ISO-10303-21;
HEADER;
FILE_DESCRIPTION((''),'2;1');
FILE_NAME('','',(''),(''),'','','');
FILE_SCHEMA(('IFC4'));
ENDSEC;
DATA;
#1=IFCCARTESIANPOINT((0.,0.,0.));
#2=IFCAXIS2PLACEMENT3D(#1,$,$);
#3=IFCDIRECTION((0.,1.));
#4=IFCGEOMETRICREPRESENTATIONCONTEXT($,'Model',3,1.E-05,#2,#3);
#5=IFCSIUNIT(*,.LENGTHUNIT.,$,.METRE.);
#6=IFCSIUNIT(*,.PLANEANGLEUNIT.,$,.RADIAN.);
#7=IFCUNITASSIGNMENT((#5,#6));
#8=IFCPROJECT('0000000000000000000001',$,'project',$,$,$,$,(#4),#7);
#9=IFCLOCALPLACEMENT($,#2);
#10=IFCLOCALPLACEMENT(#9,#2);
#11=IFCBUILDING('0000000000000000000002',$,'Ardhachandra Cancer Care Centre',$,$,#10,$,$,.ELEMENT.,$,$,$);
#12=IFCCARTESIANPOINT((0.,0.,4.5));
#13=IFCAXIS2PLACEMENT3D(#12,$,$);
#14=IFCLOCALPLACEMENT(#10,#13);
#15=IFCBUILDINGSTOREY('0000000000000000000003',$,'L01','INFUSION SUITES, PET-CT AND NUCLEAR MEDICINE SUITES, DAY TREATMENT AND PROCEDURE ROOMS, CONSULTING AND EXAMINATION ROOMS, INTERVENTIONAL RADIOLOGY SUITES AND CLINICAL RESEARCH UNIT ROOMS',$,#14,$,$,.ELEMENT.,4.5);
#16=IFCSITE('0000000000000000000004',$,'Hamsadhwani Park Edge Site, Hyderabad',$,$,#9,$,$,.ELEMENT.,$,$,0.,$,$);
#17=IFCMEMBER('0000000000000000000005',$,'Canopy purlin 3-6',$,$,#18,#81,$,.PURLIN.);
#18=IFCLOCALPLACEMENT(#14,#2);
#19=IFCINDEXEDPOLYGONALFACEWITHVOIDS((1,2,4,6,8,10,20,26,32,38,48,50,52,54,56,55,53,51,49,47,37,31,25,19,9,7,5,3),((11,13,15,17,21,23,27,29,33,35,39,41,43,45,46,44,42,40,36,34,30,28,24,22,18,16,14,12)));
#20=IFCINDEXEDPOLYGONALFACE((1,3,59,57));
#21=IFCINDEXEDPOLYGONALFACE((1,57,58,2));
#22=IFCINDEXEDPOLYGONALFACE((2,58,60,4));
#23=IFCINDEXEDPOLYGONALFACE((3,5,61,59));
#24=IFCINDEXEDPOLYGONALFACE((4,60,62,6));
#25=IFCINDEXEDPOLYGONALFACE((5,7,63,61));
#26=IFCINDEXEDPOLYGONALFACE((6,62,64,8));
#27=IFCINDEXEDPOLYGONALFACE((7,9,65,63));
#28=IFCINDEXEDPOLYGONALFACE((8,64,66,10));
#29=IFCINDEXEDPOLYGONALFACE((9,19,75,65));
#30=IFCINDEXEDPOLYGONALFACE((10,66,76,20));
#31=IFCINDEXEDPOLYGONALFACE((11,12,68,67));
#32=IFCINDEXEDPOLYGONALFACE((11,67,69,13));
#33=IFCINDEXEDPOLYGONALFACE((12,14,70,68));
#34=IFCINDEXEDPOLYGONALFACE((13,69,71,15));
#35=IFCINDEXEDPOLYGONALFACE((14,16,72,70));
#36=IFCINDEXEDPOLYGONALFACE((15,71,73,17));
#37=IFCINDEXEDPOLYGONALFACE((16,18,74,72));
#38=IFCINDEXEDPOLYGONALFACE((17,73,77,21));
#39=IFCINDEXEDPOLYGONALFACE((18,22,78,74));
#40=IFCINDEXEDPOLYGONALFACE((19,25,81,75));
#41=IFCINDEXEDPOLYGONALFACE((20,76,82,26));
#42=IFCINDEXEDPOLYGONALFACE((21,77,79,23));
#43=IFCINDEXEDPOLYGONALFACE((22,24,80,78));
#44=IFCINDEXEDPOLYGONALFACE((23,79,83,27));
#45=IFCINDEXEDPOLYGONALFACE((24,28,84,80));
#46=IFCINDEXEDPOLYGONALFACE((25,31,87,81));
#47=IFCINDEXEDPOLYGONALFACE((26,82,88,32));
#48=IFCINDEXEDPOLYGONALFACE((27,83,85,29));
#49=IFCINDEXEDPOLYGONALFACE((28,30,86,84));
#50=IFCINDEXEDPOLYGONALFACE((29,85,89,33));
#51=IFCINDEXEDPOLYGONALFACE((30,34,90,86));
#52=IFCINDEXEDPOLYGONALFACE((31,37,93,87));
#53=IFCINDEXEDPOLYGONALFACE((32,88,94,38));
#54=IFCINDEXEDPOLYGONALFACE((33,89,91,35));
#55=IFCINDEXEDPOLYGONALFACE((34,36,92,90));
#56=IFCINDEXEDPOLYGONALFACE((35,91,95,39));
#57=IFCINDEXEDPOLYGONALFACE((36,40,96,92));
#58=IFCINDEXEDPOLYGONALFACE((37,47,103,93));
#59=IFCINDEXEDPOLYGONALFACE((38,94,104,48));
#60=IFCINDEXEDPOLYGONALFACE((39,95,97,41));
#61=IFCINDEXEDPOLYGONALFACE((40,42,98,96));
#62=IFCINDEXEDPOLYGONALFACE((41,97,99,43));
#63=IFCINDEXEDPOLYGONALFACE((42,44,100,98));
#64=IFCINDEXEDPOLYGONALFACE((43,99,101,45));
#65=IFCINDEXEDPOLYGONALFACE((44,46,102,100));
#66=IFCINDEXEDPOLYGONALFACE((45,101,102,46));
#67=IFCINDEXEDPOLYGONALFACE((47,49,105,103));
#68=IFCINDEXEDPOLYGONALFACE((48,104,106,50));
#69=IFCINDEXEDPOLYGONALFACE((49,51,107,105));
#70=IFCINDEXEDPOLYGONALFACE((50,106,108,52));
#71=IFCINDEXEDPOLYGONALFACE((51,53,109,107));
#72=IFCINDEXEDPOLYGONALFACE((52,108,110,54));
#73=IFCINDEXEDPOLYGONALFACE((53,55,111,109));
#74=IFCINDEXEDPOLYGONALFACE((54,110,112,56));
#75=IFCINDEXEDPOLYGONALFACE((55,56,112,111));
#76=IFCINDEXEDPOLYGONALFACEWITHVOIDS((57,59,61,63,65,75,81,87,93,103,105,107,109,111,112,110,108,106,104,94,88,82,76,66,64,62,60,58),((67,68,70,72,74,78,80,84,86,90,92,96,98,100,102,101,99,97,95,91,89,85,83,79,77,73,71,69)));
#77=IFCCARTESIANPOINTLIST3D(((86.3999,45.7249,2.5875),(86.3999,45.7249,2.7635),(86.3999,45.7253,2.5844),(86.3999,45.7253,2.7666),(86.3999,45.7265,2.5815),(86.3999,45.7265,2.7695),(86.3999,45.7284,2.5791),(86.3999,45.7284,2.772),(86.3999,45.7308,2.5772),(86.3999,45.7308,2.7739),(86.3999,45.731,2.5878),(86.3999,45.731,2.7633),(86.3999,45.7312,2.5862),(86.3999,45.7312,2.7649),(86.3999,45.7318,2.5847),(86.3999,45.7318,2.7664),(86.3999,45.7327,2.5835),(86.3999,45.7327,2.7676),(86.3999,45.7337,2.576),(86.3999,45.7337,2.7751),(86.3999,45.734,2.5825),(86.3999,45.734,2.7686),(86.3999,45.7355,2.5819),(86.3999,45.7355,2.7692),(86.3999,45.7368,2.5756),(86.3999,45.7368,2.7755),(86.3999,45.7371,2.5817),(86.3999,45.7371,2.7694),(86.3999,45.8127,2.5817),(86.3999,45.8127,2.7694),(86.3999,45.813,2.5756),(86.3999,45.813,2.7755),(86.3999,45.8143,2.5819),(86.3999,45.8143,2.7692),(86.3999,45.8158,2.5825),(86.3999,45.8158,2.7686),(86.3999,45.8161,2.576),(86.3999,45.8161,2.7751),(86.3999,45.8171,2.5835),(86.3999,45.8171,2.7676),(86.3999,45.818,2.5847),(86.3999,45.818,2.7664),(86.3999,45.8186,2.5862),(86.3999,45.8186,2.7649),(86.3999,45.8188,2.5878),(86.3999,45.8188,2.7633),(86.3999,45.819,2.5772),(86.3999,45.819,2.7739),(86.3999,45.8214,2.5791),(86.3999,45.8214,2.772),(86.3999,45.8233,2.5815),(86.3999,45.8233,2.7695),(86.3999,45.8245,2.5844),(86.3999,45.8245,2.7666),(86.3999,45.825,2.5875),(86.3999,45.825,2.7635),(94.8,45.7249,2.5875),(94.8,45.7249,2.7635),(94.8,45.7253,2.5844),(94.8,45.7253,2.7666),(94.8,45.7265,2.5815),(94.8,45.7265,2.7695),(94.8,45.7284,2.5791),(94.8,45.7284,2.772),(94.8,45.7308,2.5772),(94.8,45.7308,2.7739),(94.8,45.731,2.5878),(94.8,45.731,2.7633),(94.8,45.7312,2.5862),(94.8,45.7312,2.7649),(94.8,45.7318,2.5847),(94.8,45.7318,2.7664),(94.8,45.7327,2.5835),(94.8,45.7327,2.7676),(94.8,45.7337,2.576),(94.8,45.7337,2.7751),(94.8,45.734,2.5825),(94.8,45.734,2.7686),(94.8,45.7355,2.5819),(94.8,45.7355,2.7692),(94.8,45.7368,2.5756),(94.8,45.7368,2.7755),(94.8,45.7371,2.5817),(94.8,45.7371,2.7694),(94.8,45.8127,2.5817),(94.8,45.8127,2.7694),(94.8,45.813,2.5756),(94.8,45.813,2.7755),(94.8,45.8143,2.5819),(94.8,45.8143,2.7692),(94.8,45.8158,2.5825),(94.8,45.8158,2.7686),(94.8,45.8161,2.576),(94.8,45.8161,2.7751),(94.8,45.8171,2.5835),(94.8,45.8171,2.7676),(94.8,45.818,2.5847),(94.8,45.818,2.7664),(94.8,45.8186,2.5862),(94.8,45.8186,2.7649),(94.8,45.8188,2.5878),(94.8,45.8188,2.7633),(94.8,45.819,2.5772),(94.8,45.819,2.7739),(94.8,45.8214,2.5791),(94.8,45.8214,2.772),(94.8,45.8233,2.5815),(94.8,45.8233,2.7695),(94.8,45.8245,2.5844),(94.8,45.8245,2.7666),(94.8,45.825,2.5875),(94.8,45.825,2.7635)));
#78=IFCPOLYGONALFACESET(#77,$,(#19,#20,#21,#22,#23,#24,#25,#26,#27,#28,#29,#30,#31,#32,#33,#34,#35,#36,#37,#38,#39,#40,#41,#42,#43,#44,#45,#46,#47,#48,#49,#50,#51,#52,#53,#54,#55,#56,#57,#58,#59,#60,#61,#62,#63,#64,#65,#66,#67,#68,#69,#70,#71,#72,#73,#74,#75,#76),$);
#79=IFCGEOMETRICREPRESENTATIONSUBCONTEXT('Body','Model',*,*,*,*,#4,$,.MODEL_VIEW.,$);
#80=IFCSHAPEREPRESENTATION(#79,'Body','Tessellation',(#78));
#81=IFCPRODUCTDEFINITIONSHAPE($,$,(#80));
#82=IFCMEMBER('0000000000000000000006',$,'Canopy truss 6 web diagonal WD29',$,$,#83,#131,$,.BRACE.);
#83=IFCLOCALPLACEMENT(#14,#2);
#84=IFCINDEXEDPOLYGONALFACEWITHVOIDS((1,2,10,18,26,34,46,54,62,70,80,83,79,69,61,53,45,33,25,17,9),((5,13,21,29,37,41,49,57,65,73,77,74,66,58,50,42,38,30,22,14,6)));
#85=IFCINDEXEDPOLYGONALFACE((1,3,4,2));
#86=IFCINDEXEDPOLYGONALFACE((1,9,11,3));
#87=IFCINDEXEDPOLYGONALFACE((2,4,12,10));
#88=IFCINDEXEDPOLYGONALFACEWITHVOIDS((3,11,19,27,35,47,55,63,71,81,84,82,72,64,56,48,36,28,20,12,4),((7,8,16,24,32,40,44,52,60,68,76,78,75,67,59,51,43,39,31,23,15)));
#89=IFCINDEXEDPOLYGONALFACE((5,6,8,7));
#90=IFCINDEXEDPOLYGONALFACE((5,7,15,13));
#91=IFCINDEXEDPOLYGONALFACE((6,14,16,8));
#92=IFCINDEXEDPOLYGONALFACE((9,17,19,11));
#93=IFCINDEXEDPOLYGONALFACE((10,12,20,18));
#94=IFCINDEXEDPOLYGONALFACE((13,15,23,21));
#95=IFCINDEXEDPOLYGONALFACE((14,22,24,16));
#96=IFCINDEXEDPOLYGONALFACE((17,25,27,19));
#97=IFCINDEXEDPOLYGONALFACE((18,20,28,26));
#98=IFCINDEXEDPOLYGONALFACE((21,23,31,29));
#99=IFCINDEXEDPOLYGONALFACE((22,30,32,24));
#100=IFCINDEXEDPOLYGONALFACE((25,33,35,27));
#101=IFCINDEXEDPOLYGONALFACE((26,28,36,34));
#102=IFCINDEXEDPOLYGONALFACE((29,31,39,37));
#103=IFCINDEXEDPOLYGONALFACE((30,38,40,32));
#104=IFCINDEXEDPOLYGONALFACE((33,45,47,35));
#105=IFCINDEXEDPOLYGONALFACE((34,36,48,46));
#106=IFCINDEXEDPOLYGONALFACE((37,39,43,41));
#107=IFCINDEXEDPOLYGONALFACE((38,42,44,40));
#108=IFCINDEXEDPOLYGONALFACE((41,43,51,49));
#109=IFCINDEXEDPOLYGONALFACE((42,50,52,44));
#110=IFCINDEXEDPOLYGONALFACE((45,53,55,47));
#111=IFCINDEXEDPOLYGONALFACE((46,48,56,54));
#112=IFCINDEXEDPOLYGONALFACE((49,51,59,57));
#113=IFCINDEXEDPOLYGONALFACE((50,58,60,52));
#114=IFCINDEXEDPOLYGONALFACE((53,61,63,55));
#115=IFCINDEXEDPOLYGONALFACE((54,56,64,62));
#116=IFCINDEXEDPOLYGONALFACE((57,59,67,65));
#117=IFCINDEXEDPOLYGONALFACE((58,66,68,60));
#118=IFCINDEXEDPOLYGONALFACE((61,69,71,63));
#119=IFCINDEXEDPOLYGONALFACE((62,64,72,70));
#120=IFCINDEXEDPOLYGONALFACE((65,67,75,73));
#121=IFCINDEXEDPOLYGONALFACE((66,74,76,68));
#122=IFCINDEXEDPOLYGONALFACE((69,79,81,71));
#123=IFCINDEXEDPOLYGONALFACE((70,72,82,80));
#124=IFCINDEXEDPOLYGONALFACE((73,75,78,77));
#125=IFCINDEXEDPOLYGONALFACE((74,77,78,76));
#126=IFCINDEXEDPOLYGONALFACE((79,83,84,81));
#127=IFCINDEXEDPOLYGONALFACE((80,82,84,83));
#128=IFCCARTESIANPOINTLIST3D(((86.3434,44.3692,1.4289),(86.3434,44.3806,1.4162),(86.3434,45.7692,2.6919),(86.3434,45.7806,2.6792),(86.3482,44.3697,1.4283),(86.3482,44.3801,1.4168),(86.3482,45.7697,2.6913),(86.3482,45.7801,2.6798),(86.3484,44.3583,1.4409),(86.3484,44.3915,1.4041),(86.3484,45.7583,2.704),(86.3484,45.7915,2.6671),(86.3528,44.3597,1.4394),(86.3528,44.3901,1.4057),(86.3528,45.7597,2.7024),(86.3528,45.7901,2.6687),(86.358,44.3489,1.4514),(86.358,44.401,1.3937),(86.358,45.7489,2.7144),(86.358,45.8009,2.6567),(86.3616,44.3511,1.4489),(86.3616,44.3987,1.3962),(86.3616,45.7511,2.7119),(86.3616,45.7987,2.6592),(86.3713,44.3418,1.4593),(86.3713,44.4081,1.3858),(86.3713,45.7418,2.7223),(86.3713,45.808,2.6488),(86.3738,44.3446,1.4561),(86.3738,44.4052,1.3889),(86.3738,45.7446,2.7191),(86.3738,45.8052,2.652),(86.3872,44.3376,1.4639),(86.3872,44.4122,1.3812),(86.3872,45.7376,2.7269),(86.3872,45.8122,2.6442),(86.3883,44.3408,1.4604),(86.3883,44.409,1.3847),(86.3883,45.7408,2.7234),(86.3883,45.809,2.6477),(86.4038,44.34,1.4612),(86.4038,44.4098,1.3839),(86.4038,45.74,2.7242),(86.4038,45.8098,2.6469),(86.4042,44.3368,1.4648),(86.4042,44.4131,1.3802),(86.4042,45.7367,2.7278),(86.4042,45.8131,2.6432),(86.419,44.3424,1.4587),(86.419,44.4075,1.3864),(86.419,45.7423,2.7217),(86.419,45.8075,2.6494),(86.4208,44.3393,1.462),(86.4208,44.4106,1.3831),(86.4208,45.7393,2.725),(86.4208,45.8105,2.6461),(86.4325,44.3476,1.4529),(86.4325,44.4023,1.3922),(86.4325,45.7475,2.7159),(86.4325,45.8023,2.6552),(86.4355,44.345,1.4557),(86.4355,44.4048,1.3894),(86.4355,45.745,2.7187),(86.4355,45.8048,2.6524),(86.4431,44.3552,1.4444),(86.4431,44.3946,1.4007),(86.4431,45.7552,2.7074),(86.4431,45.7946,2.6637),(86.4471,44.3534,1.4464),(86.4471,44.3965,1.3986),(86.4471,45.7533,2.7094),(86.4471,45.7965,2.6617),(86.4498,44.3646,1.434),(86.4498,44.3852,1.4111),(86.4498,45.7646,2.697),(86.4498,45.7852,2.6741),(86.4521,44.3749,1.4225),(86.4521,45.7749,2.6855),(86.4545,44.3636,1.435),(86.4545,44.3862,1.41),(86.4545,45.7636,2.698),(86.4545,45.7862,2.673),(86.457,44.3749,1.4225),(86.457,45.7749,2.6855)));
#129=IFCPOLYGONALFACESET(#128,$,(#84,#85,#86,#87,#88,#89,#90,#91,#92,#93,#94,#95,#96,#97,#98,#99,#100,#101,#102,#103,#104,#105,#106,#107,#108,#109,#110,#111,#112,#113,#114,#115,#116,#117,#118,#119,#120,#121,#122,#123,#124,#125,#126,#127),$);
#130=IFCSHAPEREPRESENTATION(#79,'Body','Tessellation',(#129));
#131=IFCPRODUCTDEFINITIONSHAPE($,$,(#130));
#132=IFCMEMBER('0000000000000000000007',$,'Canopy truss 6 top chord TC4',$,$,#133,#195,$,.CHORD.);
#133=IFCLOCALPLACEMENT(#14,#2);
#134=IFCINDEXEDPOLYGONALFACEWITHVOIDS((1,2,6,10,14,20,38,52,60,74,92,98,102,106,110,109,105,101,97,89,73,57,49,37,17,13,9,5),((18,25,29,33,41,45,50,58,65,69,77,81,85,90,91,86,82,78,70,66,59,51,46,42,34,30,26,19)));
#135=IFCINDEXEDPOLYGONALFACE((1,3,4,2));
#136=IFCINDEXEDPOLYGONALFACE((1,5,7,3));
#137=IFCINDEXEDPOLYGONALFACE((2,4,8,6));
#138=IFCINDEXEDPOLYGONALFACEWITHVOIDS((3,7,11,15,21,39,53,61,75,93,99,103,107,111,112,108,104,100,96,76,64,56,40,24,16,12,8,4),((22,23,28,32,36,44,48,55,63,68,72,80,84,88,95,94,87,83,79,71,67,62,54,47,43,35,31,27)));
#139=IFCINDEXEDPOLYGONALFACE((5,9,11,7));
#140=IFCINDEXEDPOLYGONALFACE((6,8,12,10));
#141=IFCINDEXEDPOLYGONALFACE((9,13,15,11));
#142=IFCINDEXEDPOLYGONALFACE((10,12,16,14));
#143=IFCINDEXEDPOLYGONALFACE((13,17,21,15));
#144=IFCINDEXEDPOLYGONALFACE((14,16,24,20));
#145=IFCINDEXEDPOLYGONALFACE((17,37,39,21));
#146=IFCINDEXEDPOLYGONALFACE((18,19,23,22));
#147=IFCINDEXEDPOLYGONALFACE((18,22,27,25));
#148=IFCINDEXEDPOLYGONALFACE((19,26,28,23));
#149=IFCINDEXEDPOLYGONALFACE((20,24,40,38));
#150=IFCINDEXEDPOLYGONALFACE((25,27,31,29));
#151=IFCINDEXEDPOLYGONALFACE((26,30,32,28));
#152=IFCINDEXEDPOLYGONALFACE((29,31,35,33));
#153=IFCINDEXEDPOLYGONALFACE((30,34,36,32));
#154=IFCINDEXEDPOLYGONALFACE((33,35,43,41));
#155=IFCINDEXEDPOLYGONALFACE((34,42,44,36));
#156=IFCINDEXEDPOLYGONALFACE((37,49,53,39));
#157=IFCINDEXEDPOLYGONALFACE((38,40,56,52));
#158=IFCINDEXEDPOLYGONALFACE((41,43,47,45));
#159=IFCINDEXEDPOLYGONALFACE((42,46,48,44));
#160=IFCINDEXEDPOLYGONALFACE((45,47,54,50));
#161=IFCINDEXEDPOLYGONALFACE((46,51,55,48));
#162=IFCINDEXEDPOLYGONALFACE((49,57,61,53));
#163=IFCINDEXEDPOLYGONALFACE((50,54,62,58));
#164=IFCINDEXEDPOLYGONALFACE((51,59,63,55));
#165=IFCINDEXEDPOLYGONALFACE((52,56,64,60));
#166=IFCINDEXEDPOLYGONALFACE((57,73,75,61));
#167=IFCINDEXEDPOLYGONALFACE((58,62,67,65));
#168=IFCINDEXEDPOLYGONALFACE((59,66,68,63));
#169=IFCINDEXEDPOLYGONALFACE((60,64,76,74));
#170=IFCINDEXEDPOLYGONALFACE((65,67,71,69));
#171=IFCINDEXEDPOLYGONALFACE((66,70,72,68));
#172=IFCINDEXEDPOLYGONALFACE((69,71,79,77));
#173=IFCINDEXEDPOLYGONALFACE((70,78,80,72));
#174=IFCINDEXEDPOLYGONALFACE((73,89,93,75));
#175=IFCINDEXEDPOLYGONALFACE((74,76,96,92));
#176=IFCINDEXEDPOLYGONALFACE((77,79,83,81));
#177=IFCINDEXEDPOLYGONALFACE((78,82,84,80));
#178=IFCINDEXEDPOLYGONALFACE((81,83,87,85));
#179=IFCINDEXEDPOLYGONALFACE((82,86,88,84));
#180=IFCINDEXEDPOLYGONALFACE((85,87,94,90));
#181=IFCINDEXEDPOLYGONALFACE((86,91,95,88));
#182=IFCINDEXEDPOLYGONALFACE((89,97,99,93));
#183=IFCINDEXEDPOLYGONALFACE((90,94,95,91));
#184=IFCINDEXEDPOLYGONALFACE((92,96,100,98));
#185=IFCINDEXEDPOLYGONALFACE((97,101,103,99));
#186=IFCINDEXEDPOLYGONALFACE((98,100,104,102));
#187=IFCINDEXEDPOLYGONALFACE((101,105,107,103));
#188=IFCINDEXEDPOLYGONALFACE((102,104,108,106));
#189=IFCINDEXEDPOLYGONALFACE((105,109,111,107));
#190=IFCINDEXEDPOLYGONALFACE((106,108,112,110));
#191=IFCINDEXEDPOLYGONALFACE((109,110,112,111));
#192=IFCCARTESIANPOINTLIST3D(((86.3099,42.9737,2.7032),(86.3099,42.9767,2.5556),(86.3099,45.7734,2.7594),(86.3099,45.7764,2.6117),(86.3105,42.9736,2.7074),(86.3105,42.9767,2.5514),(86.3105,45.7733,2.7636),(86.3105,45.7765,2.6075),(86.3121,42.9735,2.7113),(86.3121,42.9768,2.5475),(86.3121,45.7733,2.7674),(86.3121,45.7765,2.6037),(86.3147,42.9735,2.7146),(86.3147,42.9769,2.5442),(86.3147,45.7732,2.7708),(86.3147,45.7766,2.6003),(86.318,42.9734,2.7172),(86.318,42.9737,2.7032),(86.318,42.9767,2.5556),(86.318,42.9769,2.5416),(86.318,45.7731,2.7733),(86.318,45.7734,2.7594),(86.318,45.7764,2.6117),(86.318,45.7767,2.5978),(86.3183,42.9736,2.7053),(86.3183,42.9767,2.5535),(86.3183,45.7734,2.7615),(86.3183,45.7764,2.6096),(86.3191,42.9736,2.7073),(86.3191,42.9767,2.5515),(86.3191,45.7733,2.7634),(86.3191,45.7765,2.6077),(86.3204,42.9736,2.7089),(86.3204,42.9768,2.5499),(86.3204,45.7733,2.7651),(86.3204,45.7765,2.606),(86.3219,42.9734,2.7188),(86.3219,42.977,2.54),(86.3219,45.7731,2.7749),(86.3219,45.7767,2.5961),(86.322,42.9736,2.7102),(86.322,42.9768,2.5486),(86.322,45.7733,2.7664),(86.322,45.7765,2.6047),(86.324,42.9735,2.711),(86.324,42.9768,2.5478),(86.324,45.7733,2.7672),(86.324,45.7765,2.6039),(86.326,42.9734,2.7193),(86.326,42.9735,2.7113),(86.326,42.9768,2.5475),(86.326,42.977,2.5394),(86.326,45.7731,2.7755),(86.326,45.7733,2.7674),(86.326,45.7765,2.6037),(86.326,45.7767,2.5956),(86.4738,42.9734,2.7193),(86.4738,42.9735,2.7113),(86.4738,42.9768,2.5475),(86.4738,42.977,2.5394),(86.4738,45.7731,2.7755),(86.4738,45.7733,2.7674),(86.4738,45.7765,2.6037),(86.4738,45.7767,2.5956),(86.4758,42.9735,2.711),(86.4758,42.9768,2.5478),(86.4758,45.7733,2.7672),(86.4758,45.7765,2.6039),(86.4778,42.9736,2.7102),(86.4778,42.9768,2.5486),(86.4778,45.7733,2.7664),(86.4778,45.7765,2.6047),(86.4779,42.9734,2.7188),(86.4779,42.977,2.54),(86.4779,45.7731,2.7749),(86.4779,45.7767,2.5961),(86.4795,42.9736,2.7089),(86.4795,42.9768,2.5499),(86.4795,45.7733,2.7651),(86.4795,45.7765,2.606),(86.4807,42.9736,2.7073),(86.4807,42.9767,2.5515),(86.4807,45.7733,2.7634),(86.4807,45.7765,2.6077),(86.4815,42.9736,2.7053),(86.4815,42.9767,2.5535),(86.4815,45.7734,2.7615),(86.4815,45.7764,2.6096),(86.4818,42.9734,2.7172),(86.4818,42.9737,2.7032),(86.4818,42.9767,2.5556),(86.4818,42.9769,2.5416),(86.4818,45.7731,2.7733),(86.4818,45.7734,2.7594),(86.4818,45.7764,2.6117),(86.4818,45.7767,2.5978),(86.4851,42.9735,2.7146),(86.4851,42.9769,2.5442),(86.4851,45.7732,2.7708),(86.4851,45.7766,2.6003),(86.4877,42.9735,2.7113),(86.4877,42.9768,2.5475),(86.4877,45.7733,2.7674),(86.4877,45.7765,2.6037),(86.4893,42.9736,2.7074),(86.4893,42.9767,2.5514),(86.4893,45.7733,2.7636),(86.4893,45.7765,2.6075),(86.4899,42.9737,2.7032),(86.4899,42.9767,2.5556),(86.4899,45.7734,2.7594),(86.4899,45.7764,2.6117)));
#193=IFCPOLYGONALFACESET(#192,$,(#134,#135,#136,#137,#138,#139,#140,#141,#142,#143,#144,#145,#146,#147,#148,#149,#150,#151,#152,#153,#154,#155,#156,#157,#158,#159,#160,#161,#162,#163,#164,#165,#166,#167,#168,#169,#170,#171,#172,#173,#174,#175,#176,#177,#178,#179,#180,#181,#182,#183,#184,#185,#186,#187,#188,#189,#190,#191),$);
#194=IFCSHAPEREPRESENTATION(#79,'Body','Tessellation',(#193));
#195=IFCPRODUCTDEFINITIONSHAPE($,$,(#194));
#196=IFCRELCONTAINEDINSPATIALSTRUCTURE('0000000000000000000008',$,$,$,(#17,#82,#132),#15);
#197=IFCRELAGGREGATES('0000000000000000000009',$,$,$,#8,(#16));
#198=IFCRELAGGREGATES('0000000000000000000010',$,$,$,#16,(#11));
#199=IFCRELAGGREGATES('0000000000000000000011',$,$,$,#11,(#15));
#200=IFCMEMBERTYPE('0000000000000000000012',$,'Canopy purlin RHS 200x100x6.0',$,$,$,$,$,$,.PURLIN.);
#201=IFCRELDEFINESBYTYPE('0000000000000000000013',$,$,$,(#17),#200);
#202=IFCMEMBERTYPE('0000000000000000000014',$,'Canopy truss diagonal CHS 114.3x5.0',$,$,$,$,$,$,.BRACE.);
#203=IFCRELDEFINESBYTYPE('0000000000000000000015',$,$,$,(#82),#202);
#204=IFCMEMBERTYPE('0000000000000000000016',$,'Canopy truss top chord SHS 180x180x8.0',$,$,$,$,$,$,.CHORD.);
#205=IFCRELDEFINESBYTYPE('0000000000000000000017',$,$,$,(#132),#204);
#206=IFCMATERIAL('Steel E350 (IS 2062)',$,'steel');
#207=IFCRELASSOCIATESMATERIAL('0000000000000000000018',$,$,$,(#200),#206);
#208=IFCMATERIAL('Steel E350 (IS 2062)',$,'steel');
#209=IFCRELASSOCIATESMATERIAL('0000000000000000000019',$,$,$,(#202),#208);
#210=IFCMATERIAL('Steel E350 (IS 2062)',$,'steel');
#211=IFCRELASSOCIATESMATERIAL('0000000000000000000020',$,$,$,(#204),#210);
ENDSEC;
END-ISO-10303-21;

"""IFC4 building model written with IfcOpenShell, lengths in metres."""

from ifc_helpers import new_model, si_unit, direction, frame, origin, origin_2d, place, context, subcontext, project, spatial, hollow_rectangle, hollow_circle, extrude, material, material_profile, profile_set, type_object, element, save


model = new_model("IFC4")

# Units and contexts
model_context = context("Model", 3, precision=1e-05, world=origin(), true_north=direction((0.0, 1.0)))
body_context = subcontext(model_context, "Body", "Model", "MODEL_VIEW")
ifc_project = project(units=[si_unit("LENGTHUNIT", "METRE"), si_unit("PLANEANGLEUNIT", "RADIAN")], contexts=[model_context])

# Site, building, storey
site_placement = place(None, origin())
site = spatial("IfcSite", under=ifc_project, at=site_placement, Name="Hamsadhwani Park Edge Site, Hyderabad", CompositionType="ELEMENT", RefElevation=0.0)
building_placement = place(site_placement, origin())
building = spatial("IfcBuilding", under=site, at=building_placement, Name="Ardhachandra Cancer Care Centre", CompositionType="ELEMENT")
storey_placement = place(building_placement, frame((0.0, 0.0, 4.5)))
storey = spatial("IfcBuildingStorey", under=building, at=storey_placement, Name="L01", Description="INFUSION SUITES, PET-CT AND NUCLEAR MEDICINE SUITES, DAY TREATMENT AND PROCEDURE ROOMS, CONSULTING AND EXAMINATION ROOMS, INTERVENTIONAL RADIOLOGY SUITES AND CLINICAL RESEARCH UNIT ROOMS", CompositionType="ELEMENT", Elevation=4.5)

# Members
ifc_material_1 = material(Name="Steel E350 (IS 2062)", Category="steel")
ifc_material_profile_1 = material_profile(ifc_material_1, hollow_rectangle(XDim=0.1001, YDim=0.2, WallThickness=0.0061, InnerFilletRadius=0.0061, OuterFilletRadius=0.012, at=origin_2d()), Name="RHS 200x100x6.0")
ifc_profile_set_1 = profile_set([ifc_material_profile_1], Name="Steel E350 (IS 2062)")
member_type_1 = type_object("IfcMemberType", Name="Canopy purlin RHS 200x100x6.0", PredefinedType="PURLIN", material=ifc_profile_set_1)
member_1_placement = place(storey_placement, frame((86.3999, 45.7749, 2.6755), z_axis=(1.0, 0.0, 0.0), x_axis=(0.0, 1.0, 0.0)))
element("IfcMember", 1, at=member_1_placement, inside=storey, type_object=member_type_1, Name="Canopy purlin 3-6", PredefinedType="PURLIN", context=body_context, shape_type="SweptSolid", body=[
    extrude(hollow_rectangle(XDim=0.1001, YDim=0.2, WallThickness=0.0061, InnerFilletRadius=0.0061, OuterFilletRadius=0.012, at=origin_2d()), origin(), (0.0, 0.0, 1.0), 8.4001),
])
ifc_material_2 = material(Name="Steel E350 (IS 2062)", Category="steel")
ifc_material_profile_2 = material_profile(ifc_material_2, hollow_circle(Radius=0.0571, WallThickness=0.0049, at=origin_2d()), Name="CHS 114.3x5.0")
ifc_profile_set_2 = profile_set([ifc_material_profile_2], Name="Steel E350 (IS 2062)")
member_type_2 = type_object("IfcMemberType", Name="Canopy truss diagonal CHS 114.3x5.0", PredefinedType="BRACE", material=ifc_profile_set_2)
member_2_placement = place(storey_placement, frame((86.3999, 45.7749, 2.6855), z_axis=(0.0, -0.742495, -0.669851), x_axis=(1.0, 0.0, 0.0)))
element("IfcMember", 2, at=member_2_placement, inside=storey, type_object=member_type_2, Name="Canopy truss 6 web diagonal WD29", PredefinedType="BRACE", context=body_context, shape_type="SweptSolid", body=[
    extrude(hollow_circle(Radius=0.0571, WallThickness=0.0049, at=origin_2d()), origin(), (0.0, 0.0, 1.0), 1.8855),
])
ifc_material_3 = material(Name="Steel E350 (IS 2062)", Category="steel")
ifc_material_profile_3 = material_profile(ifc_material_3, hollow_rectangle(XDim=0.1799, YDim=0.1799, WallThickness=0.0081, InnerFilletRadius=0.0081, OuterFilletRadius=0.0161, at=origin_2d()), Name="SHS 180x180x8.0")
ifc_profile_set_3 = profile_set([ifc_material_profile_3], Name="Steel E350 (IS 2062)")
member_type_3 = type_object("IfcMemberType", Name="Canopy truss top chord SHS 180x180x8.0", PredefinedType="CHORD", material=ifc_profile_set_3)
member_3_placement = place(storey_placement, frame((86.3999, 45.7749, 2.6855), z_axis=(0.0, -0.999799, -0.020052), x_axis=(1.0, 0.0, 0.0)))
element("IfcMember", 3, at=member_3_placement, inside=storey, type_object=member_type_3, Name="Canopy truss 6 top chord TC4", PredefinedType="CHORD", context=body_context, shape_type="SweptSolid", body=[
    extrude(hollow_rectangle(XDim=0.1799, YDim=0.1799, WallThickness=0.0081, InnerFilletRadius=0.0081, OuterFilletRadius=0.0161, at=origin_2d()), origin(), (0.0, 0.0, 1.0), 2.8003),
])

save(model, "model.ifc")
